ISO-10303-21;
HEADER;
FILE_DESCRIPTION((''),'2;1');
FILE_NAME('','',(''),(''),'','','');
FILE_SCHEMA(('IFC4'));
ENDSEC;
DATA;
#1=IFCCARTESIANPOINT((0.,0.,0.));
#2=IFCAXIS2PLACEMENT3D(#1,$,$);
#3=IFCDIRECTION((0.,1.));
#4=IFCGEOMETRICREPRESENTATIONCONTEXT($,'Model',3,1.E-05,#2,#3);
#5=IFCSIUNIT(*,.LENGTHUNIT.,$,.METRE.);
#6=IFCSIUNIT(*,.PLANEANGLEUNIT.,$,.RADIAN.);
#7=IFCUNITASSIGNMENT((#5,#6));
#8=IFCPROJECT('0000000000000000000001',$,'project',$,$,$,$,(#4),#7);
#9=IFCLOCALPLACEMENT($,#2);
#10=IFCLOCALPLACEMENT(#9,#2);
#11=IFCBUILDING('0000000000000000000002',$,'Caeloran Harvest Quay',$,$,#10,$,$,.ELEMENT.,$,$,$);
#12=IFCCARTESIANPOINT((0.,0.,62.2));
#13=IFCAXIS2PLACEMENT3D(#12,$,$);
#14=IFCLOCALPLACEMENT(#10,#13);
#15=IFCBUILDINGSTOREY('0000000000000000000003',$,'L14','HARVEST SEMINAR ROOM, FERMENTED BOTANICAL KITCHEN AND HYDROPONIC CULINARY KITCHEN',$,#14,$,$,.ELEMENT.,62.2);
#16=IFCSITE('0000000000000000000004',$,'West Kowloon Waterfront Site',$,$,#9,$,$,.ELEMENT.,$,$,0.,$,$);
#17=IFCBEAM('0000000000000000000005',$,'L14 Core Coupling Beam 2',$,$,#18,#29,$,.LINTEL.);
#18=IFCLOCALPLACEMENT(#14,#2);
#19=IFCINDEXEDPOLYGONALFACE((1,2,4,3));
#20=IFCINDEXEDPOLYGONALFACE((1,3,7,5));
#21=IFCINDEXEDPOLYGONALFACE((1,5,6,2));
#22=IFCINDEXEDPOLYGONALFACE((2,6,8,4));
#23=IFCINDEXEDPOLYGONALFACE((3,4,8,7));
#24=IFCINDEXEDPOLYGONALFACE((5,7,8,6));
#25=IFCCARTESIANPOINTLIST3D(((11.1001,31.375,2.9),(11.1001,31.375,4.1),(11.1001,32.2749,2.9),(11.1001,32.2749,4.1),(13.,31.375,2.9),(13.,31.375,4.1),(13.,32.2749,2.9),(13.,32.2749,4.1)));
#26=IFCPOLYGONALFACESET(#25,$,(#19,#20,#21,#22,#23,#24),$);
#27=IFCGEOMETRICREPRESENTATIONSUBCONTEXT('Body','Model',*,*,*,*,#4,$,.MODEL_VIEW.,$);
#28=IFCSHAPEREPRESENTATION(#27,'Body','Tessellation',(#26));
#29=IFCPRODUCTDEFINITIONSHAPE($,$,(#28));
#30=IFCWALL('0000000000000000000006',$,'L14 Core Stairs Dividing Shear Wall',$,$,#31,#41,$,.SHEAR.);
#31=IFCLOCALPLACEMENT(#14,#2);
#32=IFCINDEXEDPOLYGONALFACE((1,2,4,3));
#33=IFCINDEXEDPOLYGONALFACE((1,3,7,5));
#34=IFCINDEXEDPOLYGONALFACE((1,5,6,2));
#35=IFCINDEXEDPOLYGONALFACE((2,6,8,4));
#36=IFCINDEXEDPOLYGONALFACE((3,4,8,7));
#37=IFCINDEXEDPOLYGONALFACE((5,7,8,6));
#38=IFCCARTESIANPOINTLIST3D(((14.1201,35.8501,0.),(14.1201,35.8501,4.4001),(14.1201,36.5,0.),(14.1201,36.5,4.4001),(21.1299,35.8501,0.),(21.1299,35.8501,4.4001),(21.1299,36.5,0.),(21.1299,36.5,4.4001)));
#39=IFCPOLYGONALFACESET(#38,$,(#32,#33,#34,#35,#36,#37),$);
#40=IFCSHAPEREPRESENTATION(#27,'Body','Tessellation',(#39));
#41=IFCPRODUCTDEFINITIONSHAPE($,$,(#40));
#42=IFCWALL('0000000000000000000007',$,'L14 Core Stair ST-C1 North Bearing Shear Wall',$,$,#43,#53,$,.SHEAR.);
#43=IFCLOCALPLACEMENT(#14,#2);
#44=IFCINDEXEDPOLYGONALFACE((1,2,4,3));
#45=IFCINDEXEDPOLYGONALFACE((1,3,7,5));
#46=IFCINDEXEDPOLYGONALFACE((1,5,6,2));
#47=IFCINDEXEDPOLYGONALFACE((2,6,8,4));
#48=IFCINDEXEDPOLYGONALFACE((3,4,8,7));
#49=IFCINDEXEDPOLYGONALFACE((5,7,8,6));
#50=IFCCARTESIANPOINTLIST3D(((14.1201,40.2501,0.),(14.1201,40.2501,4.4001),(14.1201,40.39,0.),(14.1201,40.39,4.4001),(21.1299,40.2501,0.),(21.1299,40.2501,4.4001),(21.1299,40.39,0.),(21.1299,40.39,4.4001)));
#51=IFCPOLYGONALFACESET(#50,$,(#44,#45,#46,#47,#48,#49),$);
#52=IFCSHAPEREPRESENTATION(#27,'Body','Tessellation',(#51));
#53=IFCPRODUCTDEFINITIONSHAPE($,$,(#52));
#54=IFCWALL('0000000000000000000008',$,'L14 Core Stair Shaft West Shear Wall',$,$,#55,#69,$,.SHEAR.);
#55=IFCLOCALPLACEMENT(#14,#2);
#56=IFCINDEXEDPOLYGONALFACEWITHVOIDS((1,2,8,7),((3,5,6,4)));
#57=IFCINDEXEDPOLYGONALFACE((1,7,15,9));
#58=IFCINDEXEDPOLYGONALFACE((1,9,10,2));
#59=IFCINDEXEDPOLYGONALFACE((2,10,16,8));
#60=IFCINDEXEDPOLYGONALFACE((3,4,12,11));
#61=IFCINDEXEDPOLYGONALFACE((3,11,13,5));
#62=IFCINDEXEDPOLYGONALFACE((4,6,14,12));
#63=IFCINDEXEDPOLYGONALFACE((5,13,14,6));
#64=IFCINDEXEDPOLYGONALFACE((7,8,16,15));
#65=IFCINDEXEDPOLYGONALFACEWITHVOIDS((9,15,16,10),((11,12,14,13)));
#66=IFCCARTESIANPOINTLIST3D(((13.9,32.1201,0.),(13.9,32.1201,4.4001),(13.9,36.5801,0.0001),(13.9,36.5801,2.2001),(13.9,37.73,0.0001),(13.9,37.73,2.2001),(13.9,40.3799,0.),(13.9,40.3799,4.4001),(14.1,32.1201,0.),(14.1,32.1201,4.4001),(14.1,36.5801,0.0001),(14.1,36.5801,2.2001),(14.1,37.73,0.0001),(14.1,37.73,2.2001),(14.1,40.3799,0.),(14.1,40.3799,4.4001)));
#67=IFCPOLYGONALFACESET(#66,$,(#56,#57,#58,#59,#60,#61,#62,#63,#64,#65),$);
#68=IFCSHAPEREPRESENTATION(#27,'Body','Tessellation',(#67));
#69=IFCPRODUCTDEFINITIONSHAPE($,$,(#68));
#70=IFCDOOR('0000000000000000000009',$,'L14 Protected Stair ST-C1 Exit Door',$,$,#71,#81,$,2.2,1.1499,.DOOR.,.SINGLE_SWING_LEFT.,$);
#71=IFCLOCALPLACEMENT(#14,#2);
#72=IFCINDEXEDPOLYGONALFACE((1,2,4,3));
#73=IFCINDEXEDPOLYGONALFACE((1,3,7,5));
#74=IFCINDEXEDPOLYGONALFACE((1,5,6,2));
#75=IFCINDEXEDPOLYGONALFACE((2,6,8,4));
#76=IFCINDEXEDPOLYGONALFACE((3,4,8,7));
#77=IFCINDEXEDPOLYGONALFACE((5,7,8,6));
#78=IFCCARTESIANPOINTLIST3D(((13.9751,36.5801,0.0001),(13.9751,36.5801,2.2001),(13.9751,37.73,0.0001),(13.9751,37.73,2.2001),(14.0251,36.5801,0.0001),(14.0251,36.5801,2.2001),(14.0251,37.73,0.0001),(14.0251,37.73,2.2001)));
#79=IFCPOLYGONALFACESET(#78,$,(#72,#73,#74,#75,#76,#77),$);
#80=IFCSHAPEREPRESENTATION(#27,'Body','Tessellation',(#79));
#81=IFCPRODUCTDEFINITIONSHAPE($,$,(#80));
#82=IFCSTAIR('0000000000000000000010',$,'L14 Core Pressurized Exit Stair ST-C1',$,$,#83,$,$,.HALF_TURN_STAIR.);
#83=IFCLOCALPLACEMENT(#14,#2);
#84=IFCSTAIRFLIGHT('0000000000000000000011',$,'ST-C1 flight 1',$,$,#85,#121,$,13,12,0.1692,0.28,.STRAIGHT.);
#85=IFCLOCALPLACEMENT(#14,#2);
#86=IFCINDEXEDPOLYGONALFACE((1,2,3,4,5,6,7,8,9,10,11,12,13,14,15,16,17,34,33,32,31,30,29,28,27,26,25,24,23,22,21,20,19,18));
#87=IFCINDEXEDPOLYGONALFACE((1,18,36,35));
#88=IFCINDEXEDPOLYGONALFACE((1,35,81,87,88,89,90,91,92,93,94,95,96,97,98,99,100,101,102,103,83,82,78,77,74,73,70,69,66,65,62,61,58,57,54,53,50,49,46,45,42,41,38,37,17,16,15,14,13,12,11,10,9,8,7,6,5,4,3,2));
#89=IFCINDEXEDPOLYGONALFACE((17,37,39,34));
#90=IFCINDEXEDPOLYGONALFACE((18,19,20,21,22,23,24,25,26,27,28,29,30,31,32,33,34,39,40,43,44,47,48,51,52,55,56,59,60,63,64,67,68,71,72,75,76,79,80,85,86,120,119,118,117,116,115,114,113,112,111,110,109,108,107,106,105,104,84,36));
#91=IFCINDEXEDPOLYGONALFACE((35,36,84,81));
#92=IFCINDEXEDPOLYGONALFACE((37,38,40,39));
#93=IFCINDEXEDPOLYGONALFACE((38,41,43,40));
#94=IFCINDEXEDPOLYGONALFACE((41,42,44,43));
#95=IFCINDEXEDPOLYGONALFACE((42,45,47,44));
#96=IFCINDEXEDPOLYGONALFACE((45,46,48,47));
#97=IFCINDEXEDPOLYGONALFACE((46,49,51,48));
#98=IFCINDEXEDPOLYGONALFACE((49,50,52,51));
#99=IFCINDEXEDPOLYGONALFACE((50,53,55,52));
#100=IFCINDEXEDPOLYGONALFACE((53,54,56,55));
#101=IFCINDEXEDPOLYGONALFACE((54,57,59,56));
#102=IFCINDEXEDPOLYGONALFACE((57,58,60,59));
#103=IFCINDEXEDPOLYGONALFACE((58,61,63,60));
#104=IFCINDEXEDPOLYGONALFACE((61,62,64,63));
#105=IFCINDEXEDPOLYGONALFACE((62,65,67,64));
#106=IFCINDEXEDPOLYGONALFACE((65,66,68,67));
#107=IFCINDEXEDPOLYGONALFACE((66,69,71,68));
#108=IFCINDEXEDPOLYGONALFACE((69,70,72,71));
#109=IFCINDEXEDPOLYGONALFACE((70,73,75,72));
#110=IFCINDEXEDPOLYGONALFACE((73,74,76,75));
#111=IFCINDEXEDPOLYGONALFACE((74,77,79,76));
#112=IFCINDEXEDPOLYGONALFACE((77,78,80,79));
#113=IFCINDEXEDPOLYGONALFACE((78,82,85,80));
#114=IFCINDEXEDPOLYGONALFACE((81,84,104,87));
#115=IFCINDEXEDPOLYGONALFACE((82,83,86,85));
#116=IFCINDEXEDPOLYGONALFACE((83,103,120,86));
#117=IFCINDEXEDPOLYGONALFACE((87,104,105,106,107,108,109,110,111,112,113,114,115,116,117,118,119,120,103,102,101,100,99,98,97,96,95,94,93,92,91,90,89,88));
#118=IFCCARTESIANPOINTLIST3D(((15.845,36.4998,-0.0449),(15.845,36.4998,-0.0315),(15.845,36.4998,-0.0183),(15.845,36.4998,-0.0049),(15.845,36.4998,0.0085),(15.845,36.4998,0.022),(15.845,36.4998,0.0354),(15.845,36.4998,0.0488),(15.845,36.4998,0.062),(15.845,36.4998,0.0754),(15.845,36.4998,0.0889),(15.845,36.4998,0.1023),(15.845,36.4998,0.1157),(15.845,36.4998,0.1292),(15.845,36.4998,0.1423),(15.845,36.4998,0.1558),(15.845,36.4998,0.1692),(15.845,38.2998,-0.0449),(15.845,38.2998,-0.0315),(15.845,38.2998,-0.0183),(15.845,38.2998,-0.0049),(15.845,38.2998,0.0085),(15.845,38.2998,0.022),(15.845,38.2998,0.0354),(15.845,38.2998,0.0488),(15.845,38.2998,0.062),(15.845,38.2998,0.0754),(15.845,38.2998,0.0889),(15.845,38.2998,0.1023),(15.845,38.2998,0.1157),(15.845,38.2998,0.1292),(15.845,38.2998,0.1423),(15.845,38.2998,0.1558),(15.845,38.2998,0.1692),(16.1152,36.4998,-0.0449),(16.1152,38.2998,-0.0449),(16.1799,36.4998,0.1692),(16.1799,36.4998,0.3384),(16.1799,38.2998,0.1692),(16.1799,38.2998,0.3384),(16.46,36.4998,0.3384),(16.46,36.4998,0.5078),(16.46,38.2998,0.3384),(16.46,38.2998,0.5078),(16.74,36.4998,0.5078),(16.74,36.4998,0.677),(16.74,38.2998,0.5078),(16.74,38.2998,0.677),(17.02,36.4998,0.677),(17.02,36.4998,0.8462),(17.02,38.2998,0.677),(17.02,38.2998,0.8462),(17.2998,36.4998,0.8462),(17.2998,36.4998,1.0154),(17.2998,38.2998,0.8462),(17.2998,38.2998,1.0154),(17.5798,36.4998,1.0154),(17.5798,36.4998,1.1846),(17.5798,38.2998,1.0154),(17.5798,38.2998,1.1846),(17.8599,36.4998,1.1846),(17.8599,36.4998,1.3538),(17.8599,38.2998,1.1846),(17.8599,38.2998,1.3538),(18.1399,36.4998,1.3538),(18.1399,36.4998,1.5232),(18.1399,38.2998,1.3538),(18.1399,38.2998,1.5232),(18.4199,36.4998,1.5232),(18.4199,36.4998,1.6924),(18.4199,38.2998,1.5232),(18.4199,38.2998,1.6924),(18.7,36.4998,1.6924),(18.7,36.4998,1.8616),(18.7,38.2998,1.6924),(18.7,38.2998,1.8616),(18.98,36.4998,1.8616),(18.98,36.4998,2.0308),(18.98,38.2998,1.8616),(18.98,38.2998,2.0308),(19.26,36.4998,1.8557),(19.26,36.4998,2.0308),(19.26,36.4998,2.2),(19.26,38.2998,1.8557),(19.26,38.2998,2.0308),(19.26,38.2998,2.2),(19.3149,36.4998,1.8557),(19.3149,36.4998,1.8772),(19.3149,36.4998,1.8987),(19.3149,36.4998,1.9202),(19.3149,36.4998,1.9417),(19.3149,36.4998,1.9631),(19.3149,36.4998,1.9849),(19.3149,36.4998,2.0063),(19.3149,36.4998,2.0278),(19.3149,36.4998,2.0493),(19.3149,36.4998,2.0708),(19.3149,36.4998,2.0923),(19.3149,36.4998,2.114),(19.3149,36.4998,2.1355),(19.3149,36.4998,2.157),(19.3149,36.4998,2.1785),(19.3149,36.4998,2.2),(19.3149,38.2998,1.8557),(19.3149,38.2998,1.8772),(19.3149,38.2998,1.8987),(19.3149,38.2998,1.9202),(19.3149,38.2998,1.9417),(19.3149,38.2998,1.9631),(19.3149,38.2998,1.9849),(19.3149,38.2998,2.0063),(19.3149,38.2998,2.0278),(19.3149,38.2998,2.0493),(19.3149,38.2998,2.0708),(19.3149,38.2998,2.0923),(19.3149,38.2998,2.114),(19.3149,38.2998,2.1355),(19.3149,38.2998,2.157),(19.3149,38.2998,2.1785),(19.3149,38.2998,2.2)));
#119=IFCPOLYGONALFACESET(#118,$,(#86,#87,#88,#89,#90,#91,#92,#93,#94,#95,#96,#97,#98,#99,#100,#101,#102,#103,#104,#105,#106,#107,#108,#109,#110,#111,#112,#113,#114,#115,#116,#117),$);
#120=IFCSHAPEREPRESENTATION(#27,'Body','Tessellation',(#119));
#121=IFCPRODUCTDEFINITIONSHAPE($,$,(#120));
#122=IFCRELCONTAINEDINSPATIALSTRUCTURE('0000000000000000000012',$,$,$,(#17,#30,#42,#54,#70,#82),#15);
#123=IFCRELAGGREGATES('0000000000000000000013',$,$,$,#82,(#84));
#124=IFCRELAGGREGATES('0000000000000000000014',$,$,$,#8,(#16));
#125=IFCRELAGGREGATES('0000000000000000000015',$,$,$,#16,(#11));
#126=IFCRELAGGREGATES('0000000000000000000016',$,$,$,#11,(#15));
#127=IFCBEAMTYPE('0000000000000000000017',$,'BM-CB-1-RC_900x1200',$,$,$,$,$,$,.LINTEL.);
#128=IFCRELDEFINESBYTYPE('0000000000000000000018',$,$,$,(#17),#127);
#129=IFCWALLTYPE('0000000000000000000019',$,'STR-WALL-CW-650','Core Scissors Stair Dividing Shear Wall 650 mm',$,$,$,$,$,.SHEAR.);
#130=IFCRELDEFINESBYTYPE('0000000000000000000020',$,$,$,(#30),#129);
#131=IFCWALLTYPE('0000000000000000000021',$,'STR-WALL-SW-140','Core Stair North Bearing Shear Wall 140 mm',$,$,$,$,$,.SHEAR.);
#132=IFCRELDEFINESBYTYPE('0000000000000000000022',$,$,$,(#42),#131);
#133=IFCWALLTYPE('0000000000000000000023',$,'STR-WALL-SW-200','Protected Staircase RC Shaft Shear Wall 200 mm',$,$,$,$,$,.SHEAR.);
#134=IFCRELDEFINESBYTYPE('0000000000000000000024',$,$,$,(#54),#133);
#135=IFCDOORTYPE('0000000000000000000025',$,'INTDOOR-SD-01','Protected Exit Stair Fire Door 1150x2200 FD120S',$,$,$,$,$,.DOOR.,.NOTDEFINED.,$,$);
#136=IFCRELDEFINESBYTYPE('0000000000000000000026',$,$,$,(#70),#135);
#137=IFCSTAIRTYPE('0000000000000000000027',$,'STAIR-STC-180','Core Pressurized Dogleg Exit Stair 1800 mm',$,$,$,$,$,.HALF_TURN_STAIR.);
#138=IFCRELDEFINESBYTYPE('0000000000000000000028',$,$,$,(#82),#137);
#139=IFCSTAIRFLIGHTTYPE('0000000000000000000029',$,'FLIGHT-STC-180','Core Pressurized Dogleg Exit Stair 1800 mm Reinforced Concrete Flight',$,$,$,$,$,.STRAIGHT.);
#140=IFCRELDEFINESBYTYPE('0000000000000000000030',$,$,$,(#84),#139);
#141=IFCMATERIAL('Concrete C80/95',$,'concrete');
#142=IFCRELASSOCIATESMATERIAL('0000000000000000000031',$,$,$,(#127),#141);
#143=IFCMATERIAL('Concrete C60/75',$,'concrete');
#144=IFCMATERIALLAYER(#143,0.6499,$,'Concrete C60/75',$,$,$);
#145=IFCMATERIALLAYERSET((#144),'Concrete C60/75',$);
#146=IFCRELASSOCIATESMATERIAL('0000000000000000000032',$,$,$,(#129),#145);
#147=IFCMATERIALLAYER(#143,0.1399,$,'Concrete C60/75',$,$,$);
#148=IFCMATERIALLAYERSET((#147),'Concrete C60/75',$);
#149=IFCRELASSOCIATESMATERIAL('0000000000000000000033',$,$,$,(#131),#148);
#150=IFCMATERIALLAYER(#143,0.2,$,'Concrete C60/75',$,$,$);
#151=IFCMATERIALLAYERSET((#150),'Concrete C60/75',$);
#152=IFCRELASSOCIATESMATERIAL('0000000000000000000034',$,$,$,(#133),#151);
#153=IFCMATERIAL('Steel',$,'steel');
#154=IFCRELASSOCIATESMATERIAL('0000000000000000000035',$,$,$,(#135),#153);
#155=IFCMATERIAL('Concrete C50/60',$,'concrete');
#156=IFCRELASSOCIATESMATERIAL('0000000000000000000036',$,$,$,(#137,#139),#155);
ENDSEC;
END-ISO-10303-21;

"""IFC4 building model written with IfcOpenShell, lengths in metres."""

from ifc_helpers import new_model, si_unit, direction, frame, frame_2d, origin, origin_2d, place, context, subcontext, project, spatial, polyline, rectangle, outline, extrude, material, layer, layer_set, material_profile, profile_set, type_object, element, fill, aggregate, save


model = new_model("IFC4")

# Units and contexts
model_context = context("Model", 3, precision=1e-05, world=origin(), true_north=direction((0.0, 1.0)))
body_context = subcontext(model_context, "Body", "Model", "MODEL_VIEW")
ifc_project = project(units=[si_unit("LENGTHUNIT", "METRE"), si_unit("PLANEANGLEUNIT", "RADIAN")], contexts=[model_context])

# Site, building, storey
site_placement = place(None, origin())
site = spatial("IfcSite", under=ifc_project, at=site_placement, Name="West Kowloon Waterfront Site", CompositionType="ELEMENT", RefElevation=0.0)
building_placement = place(site_placement, origin())
building = spatial("IfcBuilding", under=site, at=building_placement, Name="Caeloran Harvest Quay", CompositionType="ELEMENT")
storey_placement = place(building_placement, frame((0.0, 0.0, 62.2)))
storey = spatial("IfcBuildingStorey", under=building, at=storey_placement, Name="L14", Description="HARVEST SEMINAR ROOM, FERMENTED BOTANICAL KITCHEN AND HYDROPONIC CULINARY KITCHEN", CompositionType="ELEMENT", Elevation=62.2)

# Beam
ifc_material_1 = material(Name="Concrete C80/95", Category="concrete")
ifc_material_profile = material_profile(ifc_material_1, rectangle(XDim=0.8999, YDim=1.2, at=origin_2d()), Name="RC 900x1200")
ifc_profile_set = profile_set([ifc_material_profile], Name="Concrete C80/95")
beam_type = type_object("IfcBeamType", Name="BM-CB-1-RC_900x1200", PredefinedType="LINTEL", material=ifc_profile_set)
beam_placement = place(storey_placement, frame((11.1001, 31.825, 3.5), z_axis=(1.0, 0.0, 0.0), x_axis=(0.0, 1.0, 0.0)))
element("IfcBeam", 1, at=beam_placement, inside=storey, type_object=beam_type, Name="L14 Core Coupling Beam 2", PredefinedType="LINTEL", context=body_context, shape_type="SweptSolid", body=[
    extrude(rectangle(XDim=0.8999, YDim=1.2, at=origin_2d()), origin(), (0.0, 0.0, 1.0), 1.8999),
])

# Walls
ifc_material_2 = material(Name="Concrete C60/75", Category="concrete")
ifc_layer_1 = layer(ifc_material_2, 0.6499, Name="Concrete C60/75")
ifc_layer_set_1 = layer_set([ifc_layer_1], Name="Concrete C60/75")
wall_type_1 = type_object("IfcWallType", Name="STR-WALL-CW-650", Description="Core Scissors Stair Dividing Shear Wall 650 mm", PredefinedType="SHEAR", material=ifc_layer_set_1)
wall_1_placement = place(storey_placement, frame((14.1201, 36.175, 0.0), z_axis=(0.0, 0.0, 1.0), x_axis=(1.0, 0.0, 0.0)))
element("IfcWall", 2, at=wall_1_placement, inside=storey, type_object=wall_type_1, Name="L14 Core Stairs Dividing Shear Wall", PredefinedType="SHEAR", context=body_context, shape_type="SweptSolid", body=[
    extrude(rectangle(XDim=7.0098, YDim=0.6499, at=frame_2d((3.5049, 0.0))), origin(), (0.0, 0.0, 1.0), 4.4001),
])
ifc_layer_2 = layer(ifc_material_2, 0.1399, Name="Concrete C60/75")
ifc_layer_set_2 = layer_set([ifc_layer_2], Name="Concrete C60/75")
wall_type_2 = type_object("IfcWallType", Name="STR-WALL-SW-140", Description="Core Stair North Bearing Shear Wall 140 mm", PredefinedType="SHEAR", material=ifc_layer_set_2)
wall_2_placement = place(storey_placement, frame((14.1201, 40.3201, 0.0), z_axis=(0.0, 0.0, 1.0), x_axis=(1.0, 0.0, 0.0)))
element("IfcWall", 3, at=wall_2_placement, inside=storey, type_object=wall_type_2, Name="L14 Core Stair ST-C1 North Bearing Shear Wall", PredefinedType="SHEAR", context=body_context, shape_type="SweptSolid", body=[
    extrude(rectangle(XDim=7.0098, YDim=0.1399, at=frame_2d((3.5049, 0.0))), origin(), (0.0, 0.0, 1.0), 4.4001),
])

# Wall, opening, door
ifc_layer_3 = layer(ifc_material_2, 0.2, Name="Concrete C60/75")
ifc_layer_set_3 = layer_set([ifc_layer_3], Name="Concrete C60/75")
wall_type_3 = type_object("IfcWallType", Name="STR-WALL-SW-200", Description="Protected Staircase RC Shaft Shear Wall 200 mm", PredefinedType="SHEAR", material=ifc_layer_set_3)
wall_3_placement = place(storey_placement, frame((14.0, 32.1201, 0.0), z_axis=(0.0, 0.0, 1.0), x_axis=(0.0, 1.0, 0.0)))
wall_3 = element("IfcWall", 4, at=wall_3_placement, inside=storey, type_object=wall_type_3, Name="L14 Core Stair Shaft West Shear Wall", PredefinedType="SHEAR", context=body_context, shape_type="SweptSolid", body=[
    extrude(rectangle(XDim=8.2598, YDim=0.2, at=frame_2d((4.1299, 0.0))), origin(), (0.0, 0.0, 1.0), 4.4001),
])
opening_placement = place(wall_3_placement, frame((4.46, 0.0, 0.0)))
opening = element("IfcOpeningElement", 5, at=opening_placement, cuts=wall_3, PredefinedType="OPENING", context=body_context, shape_type="SweptSolid", body=[
    extrude(rectangle(XDim=1.1499, YDim=2.2, at=frame_2d((0.575, 1.1001))), frame((0.0, 0.1099, 0.0), z_axis=(0.0, -1.0, 0.0), x_axis=(1.0, 0.0, 0.0)), (0.0, 0.0, 1.0), 0.22),
])
ifc_material_3 = material(Name="Steel", Category="steel")
door_type = type_object("IfcDoorType", Name="INTDOOR-SD-01", Description="Protected Exit Stair Fire Door 1150x2200 FD120S", OperationType="NOTDEFINED", PredefinedType="DOOR", material=ifc_material_3)
door_placement = place(opening_placement, origin())
door = element("IfcDoor", 6, at=door_placement, inside=storey, type_object=door_type, Name="L14 Protected Stair ST-C1 Exit Door", OperationType="SINGLE_SWING_LEFT", OverallHeight=2.2, OverallWidth=1.1499, PredefinedType="DOOR", context=body_context, shape_type="SweptSolid", body=[
    extrude(rectangle(XDim=1.1499, YDim=2.2, at=frame_2d((0.575, 1.1001))), frame((0.0, 0.0249, 0.0), z_axis=(0.0, -1.0, 0.0), x_axis=(1.0, 0.0, 0.0)), (0.0, 0.0, 1.0), 0.05),
])
fill(opening, door)

# Stair, stair flight
ifc_material_4 = material(Name="Concrete C50/60", Category="concrete")
stair_type = type_object("IfcStairType", Name="STAIR-STC-180", Description="Core Pressurized Dogleg Exit Stair 1800 mm", PredefinedType="HALF_TURN_STAIR", material=ifc_material_4)
stair_1_placement = place(storey_placement, origin())
stair_1 = element("IfcStair", 7, at=stair_1_placement, inside=storey, type_object=stair_type, Name="L14 Core Pressurized Exit Stair ST-C1", PredefinedType="HALF_TURN_STAIR")
stair_flight_type = type_object("IfcStairFlightType", Name="FLIGHT-STC-180", Description="Core Pressurized Dogleg Exit Stair 1800 mm Reinforced Concrete Flight", PredefinedType="STRAIGHT", material=ifc_material_4)
stair_flight_1_placement = place(storey_placement, frame((15.8999, 37.3999, 0.0), z_axis=(0.0, 0.0, 1.0), x_axis=(1.0, 0.0, 0.0)))
stair_flight_1 = element("IfcStairFlight", 8, at=stair_flight_1_placement, type_object=stair_flight_type, Name="ST-C1 flight 1", NumberOfRisers=13, NumberOfTreads=12, PredefinedType="STRAIGHT", RiserHeight=0.1692, TreadLength=0.28, context=body_context, shape_type="SweptSolid", body=[
    extrude(outline(polyline([(-0.0549, -0.0449), (-0.0549, -0.0315), (-0.0549, -0.0183), (-0.0549, -0.0049), (-0.0549, 0.0085), (-0.0549, 0.022), (-0.0549, 0.0354), (-0.0549, 0.0488), (-0.0549, 0.062), (-0.0549, 0.0754), (-0.0549, 0.0889), (-0.0549, 0.1023), (-0.0549, 0.1157), (-0.0549, 0.1292), (-0.0549, 0.1423), (-0.0549, 0.1558), (-0.0549, 0.1692), (0.28, 0.1692), (0.28, 0.3384), (0.5601, 0.3384), (0.5601, 0.5078), (0.8401, 0.5078), (0.8401, 0.677), (1.1201, 0.677), (1.1201, 0.8462), (1.3999, 0.8462), (1.3999, 1.0154), (1.6799, 1.0154), (1.6799, 1.1846), (1.96, 1.1846), (1.96, 1.3538), (2.24, 1.3538), (2.24, 1.5232), (2.52, 1.5232), (2.52, 1.6924), (2.8, 1.6924), (2.8, 1.8616), (3.0801, 1.8616), (3.0801, 2.0308), (3.3601, 2.0308), (3.3601, 2.2), (3.415, 2.2), (3.415, 2.1785), (3.415, 2.157), (3.415, 2.1355), (3.415, 2.114), (3.415, 2.0923), (3.415, 2.0708), (3.415, 2.0493), (3.415, 2.0278), (3.415, 2.0063), (3.415, 1.9849), (3.415, 1.9631), (3.415, 1.9417), (3.415, 1.9202), (3.415, 1.8987), (3.415, 1.8772), (3.415, 1.8557), (3.3601, 1.8557), (0.2153, -0.0449), (-0.0549, -0.0449)])), frame((0.0, 0.8999, 0.0), z_axis=(0.0, -1.0, 0.0), x_axis=(1.0, 0.0, 0.0)), (0.0, 0.0, 1.0), 1.8),
])
aggregate(stair_1, [stair_flight_1])

save(model, "model.ifc")
